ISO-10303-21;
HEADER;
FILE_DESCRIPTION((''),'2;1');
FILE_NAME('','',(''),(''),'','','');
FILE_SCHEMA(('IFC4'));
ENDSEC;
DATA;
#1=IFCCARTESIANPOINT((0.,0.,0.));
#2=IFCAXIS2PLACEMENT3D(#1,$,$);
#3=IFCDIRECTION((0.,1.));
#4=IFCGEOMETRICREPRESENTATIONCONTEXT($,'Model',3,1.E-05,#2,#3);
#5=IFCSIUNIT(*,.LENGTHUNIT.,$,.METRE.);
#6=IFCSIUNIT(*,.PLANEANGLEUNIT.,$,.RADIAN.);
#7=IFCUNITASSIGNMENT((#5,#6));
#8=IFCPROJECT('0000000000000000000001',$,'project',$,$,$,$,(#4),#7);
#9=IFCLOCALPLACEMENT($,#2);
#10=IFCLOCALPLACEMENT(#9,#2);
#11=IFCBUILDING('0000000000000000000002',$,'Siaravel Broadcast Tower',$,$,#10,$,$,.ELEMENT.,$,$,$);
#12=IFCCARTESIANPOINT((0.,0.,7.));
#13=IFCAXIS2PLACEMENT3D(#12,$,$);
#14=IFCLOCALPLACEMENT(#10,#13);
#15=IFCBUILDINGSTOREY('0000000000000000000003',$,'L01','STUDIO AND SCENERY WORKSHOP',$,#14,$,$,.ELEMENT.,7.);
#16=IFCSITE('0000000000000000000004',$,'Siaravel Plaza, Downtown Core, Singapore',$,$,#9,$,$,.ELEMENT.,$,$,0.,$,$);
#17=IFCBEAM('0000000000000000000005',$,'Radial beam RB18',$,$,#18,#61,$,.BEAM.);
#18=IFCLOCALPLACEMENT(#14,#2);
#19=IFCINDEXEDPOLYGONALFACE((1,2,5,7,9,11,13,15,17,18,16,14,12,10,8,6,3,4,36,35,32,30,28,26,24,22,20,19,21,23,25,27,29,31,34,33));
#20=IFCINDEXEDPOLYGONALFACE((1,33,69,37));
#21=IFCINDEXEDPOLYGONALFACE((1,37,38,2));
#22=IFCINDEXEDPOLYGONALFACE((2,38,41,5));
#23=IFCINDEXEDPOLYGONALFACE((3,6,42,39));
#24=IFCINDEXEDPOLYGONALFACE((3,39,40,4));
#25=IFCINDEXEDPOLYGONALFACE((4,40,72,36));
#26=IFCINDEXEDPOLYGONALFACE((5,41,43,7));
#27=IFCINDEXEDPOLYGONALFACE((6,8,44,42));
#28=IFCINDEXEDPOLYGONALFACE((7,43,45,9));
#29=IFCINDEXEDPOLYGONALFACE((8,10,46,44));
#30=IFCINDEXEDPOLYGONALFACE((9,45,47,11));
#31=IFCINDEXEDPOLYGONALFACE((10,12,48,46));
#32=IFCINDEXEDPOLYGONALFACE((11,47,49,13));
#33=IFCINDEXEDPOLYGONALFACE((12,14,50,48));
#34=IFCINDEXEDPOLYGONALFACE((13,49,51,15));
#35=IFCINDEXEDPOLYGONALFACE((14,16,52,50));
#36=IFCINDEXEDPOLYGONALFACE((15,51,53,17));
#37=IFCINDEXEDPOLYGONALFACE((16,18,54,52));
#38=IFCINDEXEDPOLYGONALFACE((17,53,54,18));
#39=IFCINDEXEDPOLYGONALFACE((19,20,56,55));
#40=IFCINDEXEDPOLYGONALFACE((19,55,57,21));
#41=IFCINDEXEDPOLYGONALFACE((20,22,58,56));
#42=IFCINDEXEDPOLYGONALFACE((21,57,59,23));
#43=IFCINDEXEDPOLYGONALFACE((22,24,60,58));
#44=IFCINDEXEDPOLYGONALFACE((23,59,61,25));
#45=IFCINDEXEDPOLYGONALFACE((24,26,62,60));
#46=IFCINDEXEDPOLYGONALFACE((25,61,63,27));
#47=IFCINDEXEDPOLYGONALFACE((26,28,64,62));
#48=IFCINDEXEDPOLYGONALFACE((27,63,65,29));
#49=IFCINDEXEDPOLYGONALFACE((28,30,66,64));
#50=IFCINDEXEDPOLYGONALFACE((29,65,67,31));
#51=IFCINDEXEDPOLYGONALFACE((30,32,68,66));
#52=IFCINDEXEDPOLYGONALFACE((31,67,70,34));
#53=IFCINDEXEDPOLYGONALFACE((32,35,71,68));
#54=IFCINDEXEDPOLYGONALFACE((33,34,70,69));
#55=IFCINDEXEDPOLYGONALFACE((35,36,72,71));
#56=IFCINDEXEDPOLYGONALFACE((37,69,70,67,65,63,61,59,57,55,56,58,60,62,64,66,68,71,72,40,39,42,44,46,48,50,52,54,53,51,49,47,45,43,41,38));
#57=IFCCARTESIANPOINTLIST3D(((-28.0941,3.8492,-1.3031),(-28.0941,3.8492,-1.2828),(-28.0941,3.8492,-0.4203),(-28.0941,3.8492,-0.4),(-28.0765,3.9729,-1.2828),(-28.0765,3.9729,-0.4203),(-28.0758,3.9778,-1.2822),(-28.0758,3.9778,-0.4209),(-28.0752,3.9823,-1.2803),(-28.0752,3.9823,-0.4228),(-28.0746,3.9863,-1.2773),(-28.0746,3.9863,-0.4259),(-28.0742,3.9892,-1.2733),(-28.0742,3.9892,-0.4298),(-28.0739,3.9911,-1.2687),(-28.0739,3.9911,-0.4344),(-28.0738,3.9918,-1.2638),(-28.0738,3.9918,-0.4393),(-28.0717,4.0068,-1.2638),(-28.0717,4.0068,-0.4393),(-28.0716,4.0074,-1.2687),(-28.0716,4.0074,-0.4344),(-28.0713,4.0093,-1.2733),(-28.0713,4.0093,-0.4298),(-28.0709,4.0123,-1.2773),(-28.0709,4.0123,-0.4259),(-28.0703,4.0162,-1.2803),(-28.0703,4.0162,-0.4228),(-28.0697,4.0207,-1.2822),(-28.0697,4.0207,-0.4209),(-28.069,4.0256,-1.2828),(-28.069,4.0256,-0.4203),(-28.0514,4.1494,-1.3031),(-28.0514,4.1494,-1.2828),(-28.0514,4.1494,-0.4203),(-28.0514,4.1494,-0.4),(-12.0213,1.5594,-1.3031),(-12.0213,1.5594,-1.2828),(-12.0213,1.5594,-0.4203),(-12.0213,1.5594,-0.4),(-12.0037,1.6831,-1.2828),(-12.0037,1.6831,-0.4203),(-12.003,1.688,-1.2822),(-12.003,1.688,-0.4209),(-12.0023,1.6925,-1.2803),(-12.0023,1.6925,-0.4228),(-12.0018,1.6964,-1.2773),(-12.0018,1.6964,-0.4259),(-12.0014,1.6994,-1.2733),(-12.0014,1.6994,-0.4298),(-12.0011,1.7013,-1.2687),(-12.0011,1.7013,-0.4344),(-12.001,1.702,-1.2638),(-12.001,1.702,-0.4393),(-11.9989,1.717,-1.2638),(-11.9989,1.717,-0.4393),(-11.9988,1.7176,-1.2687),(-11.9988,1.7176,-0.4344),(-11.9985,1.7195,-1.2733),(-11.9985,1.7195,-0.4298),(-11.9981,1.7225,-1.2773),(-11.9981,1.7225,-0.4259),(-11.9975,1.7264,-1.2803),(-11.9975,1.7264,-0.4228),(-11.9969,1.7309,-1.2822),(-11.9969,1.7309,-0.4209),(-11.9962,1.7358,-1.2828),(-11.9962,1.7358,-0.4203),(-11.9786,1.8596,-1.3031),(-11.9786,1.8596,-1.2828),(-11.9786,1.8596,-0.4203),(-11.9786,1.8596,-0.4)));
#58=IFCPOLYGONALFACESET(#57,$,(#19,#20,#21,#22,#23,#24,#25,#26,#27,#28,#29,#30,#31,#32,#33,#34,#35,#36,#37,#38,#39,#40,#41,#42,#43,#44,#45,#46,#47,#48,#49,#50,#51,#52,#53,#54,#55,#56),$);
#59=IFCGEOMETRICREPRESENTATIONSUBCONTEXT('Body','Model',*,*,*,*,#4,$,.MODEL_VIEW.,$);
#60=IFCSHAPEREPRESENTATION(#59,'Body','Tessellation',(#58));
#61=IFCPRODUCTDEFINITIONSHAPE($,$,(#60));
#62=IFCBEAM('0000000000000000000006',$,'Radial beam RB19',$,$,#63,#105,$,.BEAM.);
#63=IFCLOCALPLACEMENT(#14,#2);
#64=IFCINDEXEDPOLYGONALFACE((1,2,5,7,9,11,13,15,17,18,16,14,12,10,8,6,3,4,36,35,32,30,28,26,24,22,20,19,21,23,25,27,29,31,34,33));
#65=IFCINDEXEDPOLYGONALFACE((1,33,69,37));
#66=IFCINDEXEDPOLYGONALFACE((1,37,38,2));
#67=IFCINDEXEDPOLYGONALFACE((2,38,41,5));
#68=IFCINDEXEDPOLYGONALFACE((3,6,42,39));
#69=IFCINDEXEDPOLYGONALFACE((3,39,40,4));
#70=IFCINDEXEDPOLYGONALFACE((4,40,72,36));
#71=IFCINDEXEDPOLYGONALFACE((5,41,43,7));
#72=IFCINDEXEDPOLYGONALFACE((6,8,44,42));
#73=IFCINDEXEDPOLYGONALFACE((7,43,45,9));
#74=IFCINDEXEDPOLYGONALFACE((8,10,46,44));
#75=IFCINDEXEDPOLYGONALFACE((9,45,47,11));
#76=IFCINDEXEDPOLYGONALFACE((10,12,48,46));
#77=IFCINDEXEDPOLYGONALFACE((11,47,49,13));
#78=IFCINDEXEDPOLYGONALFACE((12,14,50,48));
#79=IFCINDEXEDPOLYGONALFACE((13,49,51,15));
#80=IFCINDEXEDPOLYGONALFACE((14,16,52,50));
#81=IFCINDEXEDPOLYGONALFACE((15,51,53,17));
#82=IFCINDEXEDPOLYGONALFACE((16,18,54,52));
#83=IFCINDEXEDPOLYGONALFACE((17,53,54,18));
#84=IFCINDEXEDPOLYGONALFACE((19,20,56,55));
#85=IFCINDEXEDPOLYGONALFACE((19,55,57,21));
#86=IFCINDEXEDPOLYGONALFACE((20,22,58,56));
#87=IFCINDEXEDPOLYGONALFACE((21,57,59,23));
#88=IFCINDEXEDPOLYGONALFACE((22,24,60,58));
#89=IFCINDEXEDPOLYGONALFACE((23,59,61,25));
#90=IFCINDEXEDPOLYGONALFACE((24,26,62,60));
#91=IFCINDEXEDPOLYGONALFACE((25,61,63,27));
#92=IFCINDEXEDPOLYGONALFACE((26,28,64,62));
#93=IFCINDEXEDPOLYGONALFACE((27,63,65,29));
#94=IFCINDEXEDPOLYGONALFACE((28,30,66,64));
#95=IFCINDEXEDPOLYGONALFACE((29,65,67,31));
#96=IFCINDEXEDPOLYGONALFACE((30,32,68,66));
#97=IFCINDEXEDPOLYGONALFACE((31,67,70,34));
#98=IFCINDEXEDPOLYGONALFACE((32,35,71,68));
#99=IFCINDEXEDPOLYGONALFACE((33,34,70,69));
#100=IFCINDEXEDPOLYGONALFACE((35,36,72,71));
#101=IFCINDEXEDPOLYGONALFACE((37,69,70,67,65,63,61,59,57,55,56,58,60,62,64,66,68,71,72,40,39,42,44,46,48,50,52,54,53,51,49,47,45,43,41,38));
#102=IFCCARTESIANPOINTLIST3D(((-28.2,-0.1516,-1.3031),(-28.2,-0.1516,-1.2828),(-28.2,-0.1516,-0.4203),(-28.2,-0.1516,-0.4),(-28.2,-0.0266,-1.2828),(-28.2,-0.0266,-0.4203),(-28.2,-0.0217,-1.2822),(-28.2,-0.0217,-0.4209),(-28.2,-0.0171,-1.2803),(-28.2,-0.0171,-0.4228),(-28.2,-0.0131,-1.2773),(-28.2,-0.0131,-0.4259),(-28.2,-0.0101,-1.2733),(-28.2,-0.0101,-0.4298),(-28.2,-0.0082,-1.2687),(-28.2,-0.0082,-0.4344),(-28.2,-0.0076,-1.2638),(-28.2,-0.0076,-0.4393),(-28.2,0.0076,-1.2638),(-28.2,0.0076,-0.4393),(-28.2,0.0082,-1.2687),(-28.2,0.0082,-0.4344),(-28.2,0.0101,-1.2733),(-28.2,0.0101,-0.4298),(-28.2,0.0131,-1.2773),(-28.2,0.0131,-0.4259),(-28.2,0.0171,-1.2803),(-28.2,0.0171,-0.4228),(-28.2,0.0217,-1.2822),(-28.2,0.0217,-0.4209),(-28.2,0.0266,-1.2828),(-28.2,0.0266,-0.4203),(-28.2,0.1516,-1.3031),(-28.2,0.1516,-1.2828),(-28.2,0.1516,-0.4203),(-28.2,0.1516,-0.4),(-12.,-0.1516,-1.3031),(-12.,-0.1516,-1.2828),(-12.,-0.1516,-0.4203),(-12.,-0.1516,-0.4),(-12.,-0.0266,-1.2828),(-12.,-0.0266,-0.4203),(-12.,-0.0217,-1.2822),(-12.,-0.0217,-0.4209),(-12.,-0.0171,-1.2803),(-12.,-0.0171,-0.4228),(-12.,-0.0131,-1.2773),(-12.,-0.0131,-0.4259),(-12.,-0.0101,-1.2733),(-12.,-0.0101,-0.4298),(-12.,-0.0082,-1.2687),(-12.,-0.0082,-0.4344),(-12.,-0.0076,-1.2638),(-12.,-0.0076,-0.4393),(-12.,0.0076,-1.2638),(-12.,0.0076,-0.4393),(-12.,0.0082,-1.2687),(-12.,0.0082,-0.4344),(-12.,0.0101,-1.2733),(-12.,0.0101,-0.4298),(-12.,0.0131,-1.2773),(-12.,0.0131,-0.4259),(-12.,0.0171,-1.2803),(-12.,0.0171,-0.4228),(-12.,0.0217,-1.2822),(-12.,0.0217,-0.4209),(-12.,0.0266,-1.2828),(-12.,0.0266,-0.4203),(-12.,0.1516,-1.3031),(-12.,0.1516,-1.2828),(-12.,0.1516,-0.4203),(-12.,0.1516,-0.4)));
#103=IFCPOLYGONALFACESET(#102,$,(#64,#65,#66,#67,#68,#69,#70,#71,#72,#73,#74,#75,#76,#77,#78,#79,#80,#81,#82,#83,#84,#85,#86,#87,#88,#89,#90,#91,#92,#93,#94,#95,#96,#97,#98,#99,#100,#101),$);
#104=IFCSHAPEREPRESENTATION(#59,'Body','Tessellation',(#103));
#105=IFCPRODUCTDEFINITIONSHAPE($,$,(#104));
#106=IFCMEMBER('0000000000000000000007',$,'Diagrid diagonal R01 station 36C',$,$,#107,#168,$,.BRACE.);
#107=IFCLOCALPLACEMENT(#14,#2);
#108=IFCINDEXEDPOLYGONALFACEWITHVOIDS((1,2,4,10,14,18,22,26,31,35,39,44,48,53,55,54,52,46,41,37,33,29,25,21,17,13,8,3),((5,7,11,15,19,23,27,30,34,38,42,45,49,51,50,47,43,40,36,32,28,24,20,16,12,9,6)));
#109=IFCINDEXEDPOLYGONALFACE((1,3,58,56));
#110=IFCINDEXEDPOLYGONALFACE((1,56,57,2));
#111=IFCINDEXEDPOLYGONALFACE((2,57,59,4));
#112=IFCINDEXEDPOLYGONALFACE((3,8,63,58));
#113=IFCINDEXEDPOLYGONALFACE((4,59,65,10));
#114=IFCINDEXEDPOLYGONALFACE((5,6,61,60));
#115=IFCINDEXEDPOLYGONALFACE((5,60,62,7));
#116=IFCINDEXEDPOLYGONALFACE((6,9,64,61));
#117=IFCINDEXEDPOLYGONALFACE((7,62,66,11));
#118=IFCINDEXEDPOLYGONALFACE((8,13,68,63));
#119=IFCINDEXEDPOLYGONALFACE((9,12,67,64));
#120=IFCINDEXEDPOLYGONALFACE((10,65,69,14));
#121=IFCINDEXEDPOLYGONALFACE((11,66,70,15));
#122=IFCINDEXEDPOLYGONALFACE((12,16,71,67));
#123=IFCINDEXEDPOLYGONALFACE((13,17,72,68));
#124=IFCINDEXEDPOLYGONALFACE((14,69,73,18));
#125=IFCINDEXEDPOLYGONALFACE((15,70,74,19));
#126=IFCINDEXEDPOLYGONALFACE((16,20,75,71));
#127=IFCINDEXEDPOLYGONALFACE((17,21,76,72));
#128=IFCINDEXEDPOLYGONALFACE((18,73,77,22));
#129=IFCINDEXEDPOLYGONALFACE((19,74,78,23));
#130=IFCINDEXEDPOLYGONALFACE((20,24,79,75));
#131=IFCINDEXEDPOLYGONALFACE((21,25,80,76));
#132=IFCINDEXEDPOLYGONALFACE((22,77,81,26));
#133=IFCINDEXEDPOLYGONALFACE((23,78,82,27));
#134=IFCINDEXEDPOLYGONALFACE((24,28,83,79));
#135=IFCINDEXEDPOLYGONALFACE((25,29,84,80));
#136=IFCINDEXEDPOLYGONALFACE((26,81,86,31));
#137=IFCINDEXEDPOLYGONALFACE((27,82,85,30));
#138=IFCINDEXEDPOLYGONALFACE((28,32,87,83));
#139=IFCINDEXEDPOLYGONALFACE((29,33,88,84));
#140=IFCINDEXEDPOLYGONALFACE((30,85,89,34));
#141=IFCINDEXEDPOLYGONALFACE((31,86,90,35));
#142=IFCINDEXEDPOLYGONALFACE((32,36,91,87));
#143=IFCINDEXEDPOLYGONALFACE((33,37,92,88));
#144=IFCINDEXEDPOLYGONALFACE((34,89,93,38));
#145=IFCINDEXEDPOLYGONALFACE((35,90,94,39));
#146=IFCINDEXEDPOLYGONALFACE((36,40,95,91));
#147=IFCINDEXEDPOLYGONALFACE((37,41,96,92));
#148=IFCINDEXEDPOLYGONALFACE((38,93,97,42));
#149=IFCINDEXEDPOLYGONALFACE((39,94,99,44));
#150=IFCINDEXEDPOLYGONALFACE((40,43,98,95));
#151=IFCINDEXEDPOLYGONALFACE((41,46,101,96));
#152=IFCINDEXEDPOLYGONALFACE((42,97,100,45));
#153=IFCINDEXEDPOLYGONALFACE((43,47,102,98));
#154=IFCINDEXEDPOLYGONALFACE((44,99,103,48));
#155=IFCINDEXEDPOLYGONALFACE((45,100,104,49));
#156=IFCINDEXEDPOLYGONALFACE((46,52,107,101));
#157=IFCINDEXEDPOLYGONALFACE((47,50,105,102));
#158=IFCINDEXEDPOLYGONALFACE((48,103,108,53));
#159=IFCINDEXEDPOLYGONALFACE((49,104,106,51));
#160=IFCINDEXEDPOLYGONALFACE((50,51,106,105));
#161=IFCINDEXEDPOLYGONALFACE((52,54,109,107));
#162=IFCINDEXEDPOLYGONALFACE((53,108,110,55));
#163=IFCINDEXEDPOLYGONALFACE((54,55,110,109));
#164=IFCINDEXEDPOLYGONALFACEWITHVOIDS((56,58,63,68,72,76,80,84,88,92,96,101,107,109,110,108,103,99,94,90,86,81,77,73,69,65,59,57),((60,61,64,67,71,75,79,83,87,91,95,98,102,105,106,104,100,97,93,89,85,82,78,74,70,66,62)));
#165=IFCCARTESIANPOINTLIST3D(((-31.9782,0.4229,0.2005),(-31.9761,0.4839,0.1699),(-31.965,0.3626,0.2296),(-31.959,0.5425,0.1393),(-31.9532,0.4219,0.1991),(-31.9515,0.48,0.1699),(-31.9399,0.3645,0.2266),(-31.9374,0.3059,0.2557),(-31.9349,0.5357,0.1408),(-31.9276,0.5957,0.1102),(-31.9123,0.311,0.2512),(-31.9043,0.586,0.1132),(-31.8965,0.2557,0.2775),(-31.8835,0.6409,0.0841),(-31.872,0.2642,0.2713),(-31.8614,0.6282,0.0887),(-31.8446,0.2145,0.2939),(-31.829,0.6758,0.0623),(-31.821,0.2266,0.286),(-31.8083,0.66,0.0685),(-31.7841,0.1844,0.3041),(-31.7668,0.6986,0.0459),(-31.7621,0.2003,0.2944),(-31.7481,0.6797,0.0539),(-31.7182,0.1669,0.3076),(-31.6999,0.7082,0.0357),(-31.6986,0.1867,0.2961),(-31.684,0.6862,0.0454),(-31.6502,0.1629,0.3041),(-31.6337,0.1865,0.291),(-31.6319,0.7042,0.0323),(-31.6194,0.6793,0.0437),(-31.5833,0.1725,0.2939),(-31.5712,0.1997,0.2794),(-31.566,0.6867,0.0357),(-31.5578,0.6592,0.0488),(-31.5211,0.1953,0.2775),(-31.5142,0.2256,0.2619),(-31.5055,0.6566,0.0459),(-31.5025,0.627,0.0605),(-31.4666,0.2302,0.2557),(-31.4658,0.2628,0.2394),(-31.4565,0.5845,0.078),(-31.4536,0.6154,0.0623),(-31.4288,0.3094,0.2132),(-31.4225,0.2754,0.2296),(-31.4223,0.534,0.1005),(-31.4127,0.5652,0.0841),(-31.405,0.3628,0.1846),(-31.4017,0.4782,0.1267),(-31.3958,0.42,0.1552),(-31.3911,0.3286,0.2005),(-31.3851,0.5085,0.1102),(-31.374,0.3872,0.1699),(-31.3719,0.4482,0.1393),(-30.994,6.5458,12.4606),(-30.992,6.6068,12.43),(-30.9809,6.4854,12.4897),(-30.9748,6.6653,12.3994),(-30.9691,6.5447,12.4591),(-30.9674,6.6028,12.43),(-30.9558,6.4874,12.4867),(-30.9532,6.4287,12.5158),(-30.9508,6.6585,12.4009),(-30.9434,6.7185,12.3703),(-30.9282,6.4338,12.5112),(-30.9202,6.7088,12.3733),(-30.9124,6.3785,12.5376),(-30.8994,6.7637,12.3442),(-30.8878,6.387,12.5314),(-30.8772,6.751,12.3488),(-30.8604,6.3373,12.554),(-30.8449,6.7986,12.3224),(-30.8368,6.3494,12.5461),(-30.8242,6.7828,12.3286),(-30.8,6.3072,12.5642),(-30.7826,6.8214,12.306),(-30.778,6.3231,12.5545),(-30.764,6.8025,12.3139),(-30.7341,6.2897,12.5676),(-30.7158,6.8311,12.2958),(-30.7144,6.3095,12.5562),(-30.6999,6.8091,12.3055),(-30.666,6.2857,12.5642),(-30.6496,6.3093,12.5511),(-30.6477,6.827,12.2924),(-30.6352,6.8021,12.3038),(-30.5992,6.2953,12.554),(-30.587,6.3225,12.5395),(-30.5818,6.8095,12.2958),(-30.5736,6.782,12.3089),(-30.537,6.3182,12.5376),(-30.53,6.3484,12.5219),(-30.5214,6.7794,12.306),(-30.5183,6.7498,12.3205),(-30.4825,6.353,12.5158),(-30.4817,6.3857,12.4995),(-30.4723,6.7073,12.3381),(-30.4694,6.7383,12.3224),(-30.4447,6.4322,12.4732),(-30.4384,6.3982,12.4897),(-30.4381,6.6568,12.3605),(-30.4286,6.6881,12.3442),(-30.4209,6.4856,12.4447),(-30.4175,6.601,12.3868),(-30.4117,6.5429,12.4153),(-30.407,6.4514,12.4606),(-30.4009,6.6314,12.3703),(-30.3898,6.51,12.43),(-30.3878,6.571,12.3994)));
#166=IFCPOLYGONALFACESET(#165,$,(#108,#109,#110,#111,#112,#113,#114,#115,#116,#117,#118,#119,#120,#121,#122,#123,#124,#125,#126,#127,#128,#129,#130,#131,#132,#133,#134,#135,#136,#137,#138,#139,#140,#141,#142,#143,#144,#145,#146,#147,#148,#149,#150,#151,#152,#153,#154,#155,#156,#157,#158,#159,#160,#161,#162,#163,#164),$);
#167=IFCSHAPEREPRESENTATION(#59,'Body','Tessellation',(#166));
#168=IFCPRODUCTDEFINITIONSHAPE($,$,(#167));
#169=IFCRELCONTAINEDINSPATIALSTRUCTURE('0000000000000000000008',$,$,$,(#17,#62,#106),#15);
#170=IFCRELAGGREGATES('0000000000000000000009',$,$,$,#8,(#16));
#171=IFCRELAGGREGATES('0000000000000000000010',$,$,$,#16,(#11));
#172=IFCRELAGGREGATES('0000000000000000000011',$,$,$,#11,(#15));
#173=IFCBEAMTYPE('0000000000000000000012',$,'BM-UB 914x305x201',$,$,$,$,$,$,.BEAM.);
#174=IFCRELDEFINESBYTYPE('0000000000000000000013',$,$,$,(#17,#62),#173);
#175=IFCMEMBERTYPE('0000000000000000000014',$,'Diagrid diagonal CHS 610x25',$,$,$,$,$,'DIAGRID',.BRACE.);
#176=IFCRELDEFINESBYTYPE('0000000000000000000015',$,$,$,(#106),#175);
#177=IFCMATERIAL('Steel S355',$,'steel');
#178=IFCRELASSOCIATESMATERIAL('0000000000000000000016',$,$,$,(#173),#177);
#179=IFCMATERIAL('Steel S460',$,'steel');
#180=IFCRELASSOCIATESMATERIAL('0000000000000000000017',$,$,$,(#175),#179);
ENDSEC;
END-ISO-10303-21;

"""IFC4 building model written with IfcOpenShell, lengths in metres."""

from ifc_helpers import new_model, si_unit, direction, frame, origin, origin_2d, place, context, subcontext, project, spatial, hollow_circle, i_section, extrude, material, material_profile, profile_set, type_object, element, save


model = new_model("IFC4")

# Units and contexts
model_context = context("Model", 3, precision=1e-05, world=origin(), true_north=direction((0.0, 1.0)))
body_context = subcontext(model_context, "Body", "Model", "MODEL_VIEW")
ifc_project = project(units=[si_unit("LENGTHUNIT", "METRE"), si_unit("PLANEANGLEUNIT", "RADIAN")], contexts=[model_context])

# Site, building, storey
site_placement = place(None, origin())
site = spatial("IfcSite", under=ifc_project, at=site_placement, Name="Siaravel Plaza, Downtown Core, Singapore", CompositionType="ELEMENT", RefElevation=0.0)
building_placement = place(site_placement, origin())
building = spatial("IfcBuilding", under=site, at=building_placement, Name="Siaravel Broadcast Tower", CompositionType="ELEMENT")
storey_placement = place(building_placement, frame((0.0, 0.0, 7.0)))
storey = spatial("IfcBuildingStorey", under=building, at=storey_placement, Name="L01", Description="STUDIO AND SCENERY WORKSHOP", CompositionType="ELEMENT", Elevation=7.0)

# Beams
ifc_material_1 = material(Name="Steel S355", Category="steel")
ifc_material_profile_1 = material_profile(ifc_material_1, i_section(OverallWidth=0.3032, OverallDepth=0.9031, WebThickness=0.0151, FlangeThickness=0.0203, FilletRadius=0.019, at=origin_2d()))
ifc_profile_set_1 = profile_set([ifc_material_profile_1], Name="Steel S355")
beam_type = type_object("IfcBeamType", Name="BM-UB 914x305x201", PredefinedType="BEAM", material=ifc_profile_set_1)
beam_1_placement = place(storey_placement, frame((-28.0728, 3.9993, -0.8516), z_axis=(0.990004, -0.14104, 0.0), x_axis=(0.14104, 0.990004, 0.0)))
element("IfcBeam", 1, at=beam_1_placement, inside=storey, type_object=beam_type, Name="Radial beam RB18", PredefinedType="BEAM", context=body_context, shape_type="SweptSolid", body=[
    extrude(i_section(OverallWidth=0.3032, OverallDepth=0.9031, WebThickness=0.0151, FlangeThickness=0.0203, FilletRadius=0.019, at=origin_2d()), origin(), (0.0, 0.0, 1.0), 16.2351),
])
beam_2_placement = place(storey_placement, frame((-28.2, 0.0, -0.8516), z_axis=(1.0, 0.0, 0.0), x_axis=(0.0, 1.0, 0.0)))
element("IfcBeam", 2, at=beam_2_placement, inside=storey, type_object=beam_type, Name="Radial beam RB19", PredefinedType="BEAM", context=body_context, shape_type="SweptSolid", body=[
    extrude(i_section(OverallWidth=0.3032, OverallDepth=0.9031, WebThickness=0.0151, FlangeThickness=0.0203, FilletRadius=0.019, at=origin_2d()), origin(), (0.0, 0.0, 1.0), 16.2),
])

# Member
ifc_material_2 = material(Name="Steel S460", Category="steel")
ifc_material_profile_2 = material_profile(ifc_material_2, hollow_circle(Radius=0.3049, WallThickness=0.0249, at=origin_2d()))
ifc_profile_set_2 = profile_set([ifc_material_profile_2], Name="Steel S460")
member_type_1 = type_object("IfcMemberType", Name="Diagrid diagonal CHS 610x25", ElementType="DIAGRID", PredefinedType="BRACE", material=ifc_profile_set_2)
for number, where, z_axis, x_axis, name in (
    (3, (-31.675, 0.4355, 0.1699), (0.07163, 0.445645, 0.892339), (-0.987328, 0.158695, 0.0), "Diagrid diagonal R01 station 36C"),
):
    element("IfcMember", number, at=place(storey_placement, frame(where, z_axis=z_axis, x_axis=x_axis)), inside=storey, type_object=member_type_1, Name=name, PredefinedType="BRACE", context=body_context, shape_type="SweptSolid", body=[
        extrude(hollow_circle(Radius=0.3049, WallThickness=0.0249, at=origin_2d()), origin(), (0.0, 0.0, 1.0), 13.7393),
    ])

save(model, "model.ifc")
